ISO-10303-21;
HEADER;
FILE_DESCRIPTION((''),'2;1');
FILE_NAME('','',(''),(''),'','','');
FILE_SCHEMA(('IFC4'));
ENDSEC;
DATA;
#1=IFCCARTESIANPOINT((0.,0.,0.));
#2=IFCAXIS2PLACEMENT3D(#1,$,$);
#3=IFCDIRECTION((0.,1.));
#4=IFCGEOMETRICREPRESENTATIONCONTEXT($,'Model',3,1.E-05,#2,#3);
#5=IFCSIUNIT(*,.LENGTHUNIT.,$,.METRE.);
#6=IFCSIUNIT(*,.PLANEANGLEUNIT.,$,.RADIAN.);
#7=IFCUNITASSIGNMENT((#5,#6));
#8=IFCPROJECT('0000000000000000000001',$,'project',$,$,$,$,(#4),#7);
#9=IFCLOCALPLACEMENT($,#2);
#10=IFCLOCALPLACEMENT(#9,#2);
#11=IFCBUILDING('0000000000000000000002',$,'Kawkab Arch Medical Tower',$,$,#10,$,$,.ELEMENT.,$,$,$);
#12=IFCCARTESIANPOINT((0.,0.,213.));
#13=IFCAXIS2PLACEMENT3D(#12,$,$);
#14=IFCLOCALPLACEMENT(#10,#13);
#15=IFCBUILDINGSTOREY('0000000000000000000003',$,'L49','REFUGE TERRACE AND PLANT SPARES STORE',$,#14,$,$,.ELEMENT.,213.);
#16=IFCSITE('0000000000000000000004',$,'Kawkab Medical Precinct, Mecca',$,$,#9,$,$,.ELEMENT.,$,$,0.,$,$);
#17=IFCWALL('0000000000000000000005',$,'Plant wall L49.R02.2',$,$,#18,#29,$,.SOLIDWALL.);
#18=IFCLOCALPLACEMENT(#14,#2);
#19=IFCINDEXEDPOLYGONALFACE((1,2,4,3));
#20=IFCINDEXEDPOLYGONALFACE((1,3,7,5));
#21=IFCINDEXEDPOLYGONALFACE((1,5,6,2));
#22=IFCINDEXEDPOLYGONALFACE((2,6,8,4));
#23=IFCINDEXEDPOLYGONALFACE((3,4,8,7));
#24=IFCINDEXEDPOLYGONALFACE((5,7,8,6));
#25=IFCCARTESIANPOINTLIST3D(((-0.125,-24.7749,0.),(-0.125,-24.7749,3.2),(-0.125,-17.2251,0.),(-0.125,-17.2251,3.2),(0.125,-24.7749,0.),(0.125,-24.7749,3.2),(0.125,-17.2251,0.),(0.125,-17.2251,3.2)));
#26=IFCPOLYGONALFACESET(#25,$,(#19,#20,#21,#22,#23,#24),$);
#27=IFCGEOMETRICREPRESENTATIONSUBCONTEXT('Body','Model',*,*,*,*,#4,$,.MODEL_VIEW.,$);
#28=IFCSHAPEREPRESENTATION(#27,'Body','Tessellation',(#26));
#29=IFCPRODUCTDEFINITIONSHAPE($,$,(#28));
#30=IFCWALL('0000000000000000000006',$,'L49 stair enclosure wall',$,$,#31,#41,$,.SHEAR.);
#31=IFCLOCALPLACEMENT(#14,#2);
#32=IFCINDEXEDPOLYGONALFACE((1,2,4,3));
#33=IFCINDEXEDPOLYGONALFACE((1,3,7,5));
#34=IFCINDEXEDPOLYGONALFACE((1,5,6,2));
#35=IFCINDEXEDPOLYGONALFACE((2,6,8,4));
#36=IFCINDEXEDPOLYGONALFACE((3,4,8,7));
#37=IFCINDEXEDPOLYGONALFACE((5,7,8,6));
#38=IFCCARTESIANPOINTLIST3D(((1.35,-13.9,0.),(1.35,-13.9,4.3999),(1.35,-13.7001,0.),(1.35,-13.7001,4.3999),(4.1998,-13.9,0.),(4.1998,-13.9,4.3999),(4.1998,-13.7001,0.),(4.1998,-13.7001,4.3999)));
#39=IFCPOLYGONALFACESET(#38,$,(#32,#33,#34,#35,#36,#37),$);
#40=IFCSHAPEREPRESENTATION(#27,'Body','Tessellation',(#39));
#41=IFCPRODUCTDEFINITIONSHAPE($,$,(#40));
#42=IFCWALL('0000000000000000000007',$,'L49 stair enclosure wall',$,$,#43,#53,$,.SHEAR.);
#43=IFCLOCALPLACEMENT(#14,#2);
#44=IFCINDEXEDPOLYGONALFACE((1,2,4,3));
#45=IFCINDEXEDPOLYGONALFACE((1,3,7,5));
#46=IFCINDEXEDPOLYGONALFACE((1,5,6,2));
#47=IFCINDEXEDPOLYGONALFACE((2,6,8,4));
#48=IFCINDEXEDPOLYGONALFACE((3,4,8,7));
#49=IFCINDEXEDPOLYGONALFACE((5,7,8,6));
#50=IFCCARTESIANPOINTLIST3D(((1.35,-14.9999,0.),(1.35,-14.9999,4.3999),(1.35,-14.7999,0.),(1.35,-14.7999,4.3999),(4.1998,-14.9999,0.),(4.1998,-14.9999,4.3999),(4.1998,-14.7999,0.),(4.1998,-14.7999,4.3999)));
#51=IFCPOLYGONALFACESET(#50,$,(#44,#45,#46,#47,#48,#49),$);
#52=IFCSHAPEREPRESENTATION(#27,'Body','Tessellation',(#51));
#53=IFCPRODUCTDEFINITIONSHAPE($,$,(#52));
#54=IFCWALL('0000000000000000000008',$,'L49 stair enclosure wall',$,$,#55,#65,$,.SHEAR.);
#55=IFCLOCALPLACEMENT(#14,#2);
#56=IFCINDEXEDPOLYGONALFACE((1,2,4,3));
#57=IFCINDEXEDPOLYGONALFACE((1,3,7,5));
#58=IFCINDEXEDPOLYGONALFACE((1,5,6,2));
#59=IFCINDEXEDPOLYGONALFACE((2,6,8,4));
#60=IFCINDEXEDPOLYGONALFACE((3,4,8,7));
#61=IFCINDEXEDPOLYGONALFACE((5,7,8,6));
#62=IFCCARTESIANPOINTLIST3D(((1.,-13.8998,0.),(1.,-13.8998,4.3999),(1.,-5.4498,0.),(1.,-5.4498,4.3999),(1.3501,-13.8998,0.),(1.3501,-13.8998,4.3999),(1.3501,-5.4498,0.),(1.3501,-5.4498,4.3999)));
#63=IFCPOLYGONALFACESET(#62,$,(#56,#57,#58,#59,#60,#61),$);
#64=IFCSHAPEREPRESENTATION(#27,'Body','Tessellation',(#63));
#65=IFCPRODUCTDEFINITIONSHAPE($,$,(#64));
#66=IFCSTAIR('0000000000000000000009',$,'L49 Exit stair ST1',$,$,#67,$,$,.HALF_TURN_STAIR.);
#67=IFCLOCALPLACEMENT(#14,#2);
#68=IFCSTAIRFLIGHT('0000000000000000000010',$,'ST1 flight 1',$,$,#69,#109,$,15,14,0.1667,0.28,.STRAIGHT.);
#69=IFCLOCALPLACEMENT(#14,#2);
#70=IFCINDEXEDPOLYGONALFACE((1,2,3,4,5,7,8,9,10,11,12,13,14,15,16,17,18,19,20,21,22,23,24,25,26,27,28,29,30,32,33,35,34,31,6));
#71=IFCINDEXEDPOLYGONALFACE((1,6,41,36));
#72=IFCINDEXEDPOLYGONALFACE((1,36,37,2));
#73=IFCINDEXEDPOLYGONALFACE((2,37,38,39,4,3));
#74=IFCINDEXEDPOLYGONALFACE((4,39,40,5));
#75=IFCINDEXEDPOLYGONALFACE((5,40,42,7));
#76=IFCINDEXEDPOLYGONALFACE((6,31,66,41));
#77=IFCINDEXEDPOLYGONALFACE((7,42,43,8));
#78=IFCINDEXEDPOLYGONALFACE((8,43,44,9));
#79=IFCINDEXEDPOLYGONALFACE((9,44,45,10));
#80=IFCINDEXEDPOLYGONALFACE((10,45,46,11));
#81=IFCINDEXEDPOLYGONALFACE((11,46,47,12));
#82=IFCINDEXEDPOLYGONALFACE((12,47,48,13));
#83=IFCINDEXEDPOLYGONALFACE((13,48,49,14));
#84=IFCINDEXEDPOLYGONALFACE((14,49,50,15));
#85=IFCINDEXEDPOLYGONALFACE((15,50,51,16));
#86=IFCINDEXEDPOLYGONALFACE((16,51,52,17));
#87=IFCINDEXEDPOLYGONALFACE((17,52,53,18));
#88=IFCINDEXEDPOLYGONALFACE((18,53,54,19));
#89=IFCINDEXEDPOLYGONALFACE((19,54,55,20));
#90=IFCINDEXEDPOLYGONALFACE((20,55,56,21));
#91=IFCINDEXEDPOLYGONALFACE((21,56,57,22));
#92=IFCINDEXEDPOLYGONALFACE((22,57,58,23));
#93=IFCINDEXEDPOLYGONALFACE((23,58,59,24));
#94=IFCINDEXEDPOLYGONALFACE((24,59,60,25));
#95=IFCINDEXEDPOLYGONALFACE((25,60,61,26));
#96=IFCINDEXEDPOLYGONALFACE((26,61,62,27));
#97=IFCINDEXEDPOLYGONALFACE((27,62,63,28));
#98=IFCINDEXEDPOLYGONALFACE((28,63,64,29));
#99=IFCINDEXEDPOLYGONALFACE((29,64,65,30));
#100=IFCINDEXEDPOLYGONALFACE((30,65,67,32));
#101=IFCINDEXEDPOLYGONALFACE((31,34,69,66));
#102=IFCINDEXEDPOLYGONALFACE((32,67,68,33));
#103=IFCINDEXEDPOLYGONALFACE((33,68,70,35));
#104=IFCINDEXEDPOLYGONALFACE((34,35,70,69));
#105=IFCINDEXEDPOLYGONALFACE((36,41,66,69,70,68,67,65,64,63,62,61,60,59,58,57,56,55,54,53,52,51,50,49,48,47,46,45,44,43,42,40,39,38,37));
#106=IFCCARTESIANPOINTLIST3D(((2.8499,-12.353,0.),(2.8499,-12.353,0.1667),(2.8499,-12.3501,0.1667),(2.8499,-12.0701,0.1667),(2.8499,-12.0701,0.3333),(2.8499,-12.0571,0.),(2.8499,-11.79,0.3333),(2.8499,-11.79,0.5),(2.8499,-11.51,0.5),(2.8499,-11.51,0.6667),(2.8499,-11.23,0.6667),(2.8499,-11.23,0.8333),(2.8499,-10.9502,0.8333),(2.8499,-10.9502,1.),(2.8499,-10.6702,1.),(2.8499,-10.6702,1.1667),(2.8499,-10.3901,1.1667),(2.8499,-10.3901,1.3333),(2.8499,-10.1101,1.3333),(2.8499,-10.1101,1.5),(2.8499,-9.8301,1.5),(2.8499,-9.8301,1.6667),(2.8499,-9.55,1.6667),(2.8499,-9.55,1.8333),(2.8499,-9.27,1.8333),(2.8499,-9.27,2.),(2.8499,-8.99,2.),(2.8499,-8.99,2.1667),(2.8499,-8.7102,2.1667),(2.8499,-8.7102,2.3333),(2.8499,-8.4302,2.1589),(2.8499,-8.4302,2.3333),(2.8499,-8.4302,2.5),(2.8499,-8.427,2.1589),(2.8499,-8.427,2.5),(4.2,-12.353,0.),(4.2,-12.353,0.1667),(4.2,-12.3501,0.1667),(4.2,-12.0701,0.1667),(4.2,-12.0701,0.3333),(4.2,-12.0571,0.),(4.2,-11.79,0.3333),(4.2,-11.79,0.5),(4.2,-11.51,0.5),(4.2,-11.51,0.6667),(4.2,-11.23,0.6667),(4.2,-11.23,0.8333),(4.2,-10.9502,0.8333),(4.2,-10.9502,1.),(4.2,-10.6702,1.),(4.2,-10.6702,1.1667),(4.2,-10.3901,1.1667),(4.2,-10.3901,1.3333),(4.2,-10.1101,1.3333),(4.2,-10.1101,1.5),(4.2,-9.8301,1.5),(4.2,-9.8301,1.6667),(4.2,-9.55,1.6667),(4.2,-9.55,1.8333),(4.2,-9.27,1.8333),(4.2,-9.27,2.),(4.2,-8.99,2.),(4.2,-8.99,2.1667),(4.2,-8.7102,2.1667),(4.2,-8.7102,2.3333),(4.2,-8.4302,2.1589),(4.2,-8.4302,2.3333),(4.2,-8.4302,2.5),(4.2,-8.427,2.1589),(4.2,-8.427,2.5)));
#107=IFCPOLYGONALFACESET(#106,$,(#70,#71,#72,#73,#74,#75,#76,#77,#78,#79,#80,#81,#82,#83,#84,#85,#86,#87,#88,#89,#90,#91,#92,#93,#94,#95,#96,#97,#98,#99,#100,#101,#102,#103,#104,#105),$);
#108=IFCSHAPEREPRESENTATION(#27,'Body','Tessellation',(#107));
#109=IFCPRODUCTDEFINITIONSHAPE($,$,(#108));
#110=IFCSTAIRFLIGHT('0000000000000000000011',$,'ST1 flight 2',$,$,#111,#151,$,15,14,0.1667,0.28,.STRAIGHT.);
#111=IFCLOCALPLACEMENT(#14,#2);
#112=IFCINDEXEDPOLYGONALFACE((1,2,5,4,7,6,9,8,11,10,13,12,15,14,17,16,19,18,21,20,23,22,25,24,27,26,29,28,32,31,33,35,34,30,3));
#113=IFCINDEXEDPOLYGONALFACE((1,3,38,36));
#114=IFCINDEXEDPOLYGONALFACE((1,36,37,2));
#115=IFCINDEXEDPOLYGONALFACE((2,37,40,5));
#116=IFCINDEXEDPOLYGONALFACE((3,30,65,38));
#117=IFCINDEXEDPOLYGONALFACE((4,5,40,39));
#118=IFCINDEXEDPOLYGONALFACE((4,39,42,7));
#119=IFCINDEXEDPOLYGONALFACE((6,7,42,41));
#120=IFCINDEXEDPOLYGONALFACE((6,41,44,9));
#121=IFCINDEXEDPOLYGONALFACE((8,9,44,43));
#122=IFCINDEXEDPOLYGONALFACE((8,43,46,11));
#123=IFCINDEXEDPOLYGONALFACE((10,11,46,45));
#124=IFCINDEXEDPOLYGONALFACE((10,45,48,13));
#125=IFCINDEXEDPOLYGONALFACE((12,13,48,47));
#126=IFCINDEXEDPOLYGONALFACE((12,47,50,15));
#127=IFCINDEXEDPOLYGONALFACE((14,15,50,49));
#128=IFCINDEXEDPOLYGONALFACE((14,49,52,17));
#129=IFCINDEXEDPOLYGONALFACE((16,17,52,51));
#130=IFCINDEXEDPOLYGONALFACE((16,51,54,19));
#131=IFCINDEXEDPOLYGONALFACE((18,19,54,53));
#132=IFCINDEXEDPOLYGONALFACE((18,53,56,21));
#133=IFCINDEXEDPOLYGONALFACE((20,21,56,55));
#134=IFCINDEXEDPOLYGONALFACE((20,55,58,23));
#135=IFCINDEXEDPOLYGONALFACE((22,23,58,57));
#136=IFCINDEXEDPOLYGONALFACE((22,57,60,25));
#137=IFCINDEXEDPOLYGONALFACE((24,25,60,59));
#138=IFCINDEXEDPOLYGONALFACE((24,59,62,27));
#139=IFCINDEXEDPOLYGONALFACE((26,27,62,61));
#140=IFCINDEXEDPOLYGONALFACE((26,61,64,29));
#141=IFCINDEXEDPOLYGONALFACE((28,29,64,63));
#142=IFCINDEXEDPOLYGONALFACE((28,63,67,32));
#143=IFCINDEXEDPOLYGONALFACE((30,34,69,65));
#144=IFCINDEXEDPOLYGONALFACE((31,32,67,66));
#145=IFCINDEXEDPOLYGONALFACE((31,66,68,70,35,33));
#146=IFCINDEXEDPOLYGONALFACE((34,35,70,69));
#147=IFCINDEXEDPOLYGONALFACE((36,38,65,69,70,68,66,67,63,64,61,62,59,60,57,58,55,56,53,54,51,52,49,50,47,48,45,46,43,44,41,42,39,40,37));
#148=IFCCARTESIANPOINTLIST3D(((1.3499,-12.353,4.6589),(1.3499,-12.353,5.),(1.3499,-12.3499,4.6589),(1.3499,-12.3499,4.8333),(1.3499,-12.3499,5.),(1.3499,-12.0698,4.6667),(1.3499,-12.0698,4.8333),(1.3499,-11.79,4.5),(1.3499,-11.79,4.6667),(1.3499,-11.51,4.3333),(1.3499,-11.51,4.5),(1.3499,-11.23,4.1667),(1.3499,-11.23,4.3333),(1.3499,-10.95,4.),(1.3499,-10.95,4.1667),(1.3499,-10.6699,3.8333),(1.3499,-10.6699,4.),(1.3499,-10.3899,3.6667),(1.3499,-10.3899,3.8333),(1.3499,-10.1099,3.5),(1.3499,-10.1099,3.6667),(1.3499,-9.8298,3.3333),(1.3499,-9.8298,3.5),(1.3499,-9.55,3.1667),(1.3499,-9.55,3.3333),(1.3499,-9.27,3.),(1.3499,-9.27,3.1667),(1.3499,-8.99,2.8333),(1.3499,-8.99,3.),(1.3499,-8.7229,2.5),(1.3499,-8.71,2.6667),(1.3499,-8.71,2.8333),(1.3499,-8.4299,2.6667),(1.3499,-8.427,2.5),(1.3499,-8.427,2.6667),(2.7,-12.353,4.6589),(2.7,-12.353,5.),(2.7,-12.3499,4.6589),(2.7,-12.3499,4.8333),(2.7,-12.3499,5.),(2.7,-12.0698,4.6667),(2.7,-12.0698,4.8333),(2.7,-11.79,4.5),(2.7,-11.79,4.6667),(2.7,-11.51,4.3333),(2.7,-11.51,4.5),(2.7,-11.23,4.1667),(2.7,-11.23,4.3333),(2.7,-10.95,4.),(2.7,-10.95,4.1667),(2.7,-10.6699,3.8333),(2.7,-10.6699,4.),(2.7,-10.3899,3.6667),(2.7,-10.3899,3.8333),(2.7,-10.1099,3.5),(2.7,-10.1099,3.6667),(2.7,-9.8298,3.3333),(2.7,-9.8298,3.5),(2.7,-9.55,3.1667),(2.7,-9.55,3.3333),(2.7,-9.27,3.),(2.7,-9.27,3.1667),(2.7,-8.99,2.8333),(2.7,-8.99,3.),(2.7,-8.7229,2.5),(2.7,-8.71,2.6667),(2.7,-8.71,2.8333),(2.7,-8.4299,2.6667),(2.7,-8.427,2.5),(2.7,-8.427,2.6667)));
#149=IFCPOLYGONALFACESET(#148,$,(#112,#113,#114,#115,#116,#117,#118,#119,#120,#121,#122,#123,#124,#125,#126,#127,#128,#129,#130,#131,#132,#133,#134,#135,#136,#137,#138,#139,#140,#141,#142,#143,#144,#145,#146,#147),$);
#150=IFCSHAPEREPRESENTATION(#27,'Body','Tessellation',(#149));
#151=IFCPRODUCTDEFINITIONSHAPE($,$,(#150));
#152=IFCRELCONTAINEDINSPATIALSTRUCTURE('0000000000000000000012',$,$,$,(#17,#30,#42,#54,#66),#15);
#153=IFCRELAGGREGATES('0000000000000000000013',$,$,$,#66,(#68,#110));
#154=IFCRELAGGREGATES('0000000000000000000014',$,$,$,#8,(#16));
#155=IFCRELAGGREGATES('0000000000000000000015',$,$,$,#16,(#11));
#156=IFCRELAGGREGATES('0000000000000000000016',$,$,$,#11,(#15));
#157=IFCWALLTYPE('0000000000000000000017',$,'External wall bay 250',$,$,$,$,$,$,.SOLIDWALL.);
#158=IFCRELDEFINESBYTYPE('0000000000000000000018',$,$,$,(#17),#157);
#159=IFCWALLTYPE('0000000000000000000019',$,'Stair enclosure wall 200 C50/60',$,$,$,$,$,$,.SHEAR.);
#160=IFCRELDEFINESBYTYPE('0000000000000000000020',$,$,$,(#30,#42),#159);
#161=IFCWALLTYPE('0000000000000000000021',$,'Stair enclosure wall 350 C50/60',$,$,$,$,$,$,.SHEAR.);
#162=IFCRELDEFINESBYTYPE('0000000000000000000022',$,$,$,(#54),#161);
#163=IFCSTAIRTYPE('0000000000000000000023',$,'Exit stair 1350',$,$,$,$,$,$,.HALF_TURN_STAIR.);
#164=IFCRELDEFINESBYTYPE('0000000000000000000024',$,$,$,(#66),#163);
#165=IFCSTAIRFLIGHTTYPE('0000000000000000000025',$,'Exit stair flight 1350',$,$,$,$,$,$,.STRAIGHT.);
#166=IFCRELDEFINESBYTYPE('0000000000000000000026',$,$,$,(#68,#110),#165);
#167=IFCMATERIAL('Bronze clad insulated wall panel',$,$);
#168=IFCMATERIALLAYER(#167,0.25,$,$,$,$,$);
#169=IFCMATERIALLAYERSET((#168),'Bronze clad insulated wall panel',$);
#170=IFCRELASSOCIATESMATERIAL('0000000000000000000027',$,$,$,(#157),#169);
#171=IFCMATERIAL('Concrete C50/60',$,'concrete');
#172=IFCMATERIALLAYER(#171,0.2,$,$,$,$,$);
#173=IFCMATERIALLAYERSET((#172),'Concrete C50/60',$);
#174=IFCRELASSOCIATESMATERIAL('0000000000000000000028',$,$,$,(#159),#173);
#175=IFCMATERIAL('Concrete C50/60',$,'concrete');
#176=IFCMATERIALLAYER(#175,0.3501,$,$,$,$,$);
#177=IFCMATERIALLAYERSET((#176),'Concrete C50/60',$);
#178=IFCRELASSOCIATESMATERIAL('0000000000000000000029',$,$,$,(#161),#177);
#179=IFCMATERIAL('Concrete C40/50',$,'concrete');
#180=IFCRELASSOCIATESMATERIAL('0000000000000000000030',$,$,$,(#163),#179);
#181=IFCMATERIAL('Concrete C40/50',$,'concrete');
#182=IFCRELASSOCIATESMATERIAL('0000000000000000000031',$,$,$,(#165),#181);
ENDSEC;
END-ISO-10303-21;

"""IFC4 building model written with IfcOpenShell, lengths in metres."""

from ifc_helpers import new_model, si_unit, direction, frame, frame_2d, origin, place, context, subcontext, project, spatial, polyline, rectangle, outline, extrude, material, layer, layer_set, type_object, element, aggregate, save


model = new_model("IFC4")

# Units and contexts
model_context = context("Model", 3, precision=1e-05, world=origin(), true_north=direction((0.0, 1.0)))
body_context = subcontext(model_context, "Body", "Model", "MODEL_VIEW")
ifc_project = project(units=[si_unit("LENGTHUNIT", "METRE"), si_unit("PLANEANGLEUNIT", "RADIAN")], contexts=[model_context])

# Site, building, storey
site_placement = place(None, origin())
site = spatial("IfcSite", under=ifc_project, at=site_placement, Name="Kawkab Medical Precinct, Mecca", CompositionType="ELEMENT", RefElevation=0.0)
building_placement = place(site_placement, origin())
building = spatial("IfcBuilding", under=site, at=building_placement, Name="Kawkab Arch Medical Tower", CompositionType="ELEMENT")
storey_placement = place(building_placement, frame((0.0, 0.0, 213.0)))
storey = spatial("IfcBuildingStorey", under=building, at=storey_placement, Name="L49", Description="REFUGE TERRACE AND PLANT SPARES STORE", CompositionType="ELEMENT", Elevation=213.0)

# Walls
ifc_material_1 = material(Name="Bronze clad insulated wall panel")
ifc_layer_1 = layer(ifc_material_1, 0.25)
ifc_layer_set_1 = layer_set([ifc_layer_1], Name="Bronze clad insulated wall panel")
wall_type_1 = type_object("IfcWallType", Name="External wall bay 250", PredefinedType="SOLIDWALL", material=ifc_layer_set_1)
wall_1_placement = place(storey_placement, frame((0.0, -17.2251, 0.0), z_axis=(0.0, 0.0, 1.0), x_axis=(0.0, -1.0, 0.0)))
element("IfcWall", 1, at=wall_1_placement, inside=storey, type_object=wall_type_1, Name="Plant wall L49.R02.2", PredefinedType="SOLIDWALL", context=body_context, shape_type="SweptSolid", body=[
    extrude(rectangle(XDim=7.5498, YDim=0.25, at=frame_2d((3.7749, 0.0))), origin(), (0.0, 0.0, 1.0), 3.2),
])
ifc_material_2 = material(Name="Concrete C50/60", Category="concrete")
ifc_layer_2 = layer(ifc_material_2, 0.2)
ifc_layer_set_2 = layer_set([ifc_layer_2], Name="Concrete C50/60")
wall_type_2 = type_object("IfcWallType", Name="Stair enclosure wall 200 C50/60", PredefinedType="SHEAR", material=ifc_layer_set_2)
for number, where, z_axis, x_axis, name in (
    (2, (1.3501, -13.8, 0.0), (0.0, 0.0, 1.0), (1.0, 0.0, 0.0), "L49 stair enclosure wall"),
    (3, (1.3501, -14.8999, 0.0), (0.0, 0.0, 1.0), (1.0, 0.0, 0.0), "L49 stair enclosure wall"),
):
    element("IfcWall", number, at=place(storey_placement, frame(where, z_axis=z_axis, x_axis=x_axis)), inside=storey, type_object=wall_type_2, Name=name, PredefinedType="SHEAR", context=body_context, shape_type="SweptSolid", body=[
        extrude(rectangle(XDim=2.8499, YDim=0.2, at=frame_2d((1.4248, 0.0))), origin(), (0.0, 0.0, 1.0), 4.3999),
    ])
ifc_material_3 = material(Name="Concrete C50/60", Category="concrete")
ifc_layer_3 = layer(ifc_material_3, 0.3501)
ifc_layer_set_3 = layer_set([ifc_layer_3], Name="Concrete C50/60")
wall_type_3 = type_object("IfcWallType", Name="Stair enclosure wall 350 C50/60", PredefinedType="SHEAR", material=ifc_layer_set_3)
wall_2_placement = place(storey_placement, frame((1.175, -13.8999, 0.0), z_axis=(0.0, 0.0, 1.0), x_axis=(0.0, 1.0, 0.0)))
element("IfcWall", 4, at=wall_2_placement, inside=storey, type_object=wall_type_3, Name="L49 stair enclosure wall", PredefinedType="SHEAR", context=body_context, shape_type="SweptSolid", body=[
    extrude(rectangle(XDim=8.45, YDim=0.3501, at=frame_2d((4.2251, 0.0))), origin(), (0.0, 0.0, 1.0), 4.3999),
])

# Stair, stair flights
ifc_material_4 = material(Name="Concrete C40/50", Category="concrete")
stair_type = type_object("IfcStairType", Name="Exit stair 1350", PredefinedType="HALF_TURN_STAIR", material=ifc_material_4)
placement = place(storey_placement, origin())
stair_1 = element("IfcStair", 5, at=placement, inside=storey, type_object=stair_type, Name="L49 Exit stair ST1", PredefinedType="HALF_TURN_STAIR")
ifc_material_5 = material(Name="Concrete C40/50", Category="concrete")
stair_flight_type = type_object("IfcStairFlightType", Name="Exit stair flight 1350", PredefinedType="STRAIGHT", material=ifc_material_5)
stair_flight_1_placement = place(storey_placement, frame((3.5249, -12.3501, 0.0), z_axis=(0.0, 0.0, 1.0), x_axis=(0.0, 1.0, 0.0)))
stair_flight_1 = element("IfcStairFlight", 6, at=stair_flight_1_placement, type_object=stair_flight_type, Name="ST1 flight 1", NumberOfRisers=15, NumberOfTreads=14, PredefinedType="STRAIGHT", RiserHeight=0.1667, TreadLength=0.28, context=body_context, shape_type="SweptSolid", body=[
    extrude(outline(polyline([(-0.0029, 0.0), (-0.0029, 0.1667), (0.0, 0.1667), (0.28, 0.1667), (0.28, 0.3333), (0.5601, 0.3333), (0.5601, 0.5), (0.8401, 0.5), (0.8401, 0.6667), (1.1201, 0.6667), (1.1201, 0.8333), (1.3999, 0.8333), (1.3999, 1.0), (1.6799, 1.0), (1.6799, 1.1667), (1.96, 1.1667), (1.96, 1.3333), (2.24, 1.3333), (2.24, 1.5), (2.52, 1.5), (2.52, 1.6667), (2.8, 1.6667), (2.8, 1.8333), (3.0801, 1.8333), (3.0801, 2.0), (3.3601, 2.0), (3.3601, 2.1667), (3.6399, 2.1667), (3.6399, 2.3333), (3.9199, 2.3333), (3.9199, 2.5), (3.9231, 2.5), (3.9231, 2.1589), (3.9199, 2.1589), (0.293, 0.0), (-0.0029, 0.0)])), frame((0.0, 0.675, 0.0), z_axis=(0.0, -1.0, 0.0), x_axis=(1.0, 0.0, 0.0)), (0.0, 0.0, 1.0), 1.3501),
])
stair_flight_2_placement = place(storey_placement, frame((2.0249, -8.4299, 2.5), z_axis=(0.0, 0.0, 1.0), x_axis=(0.0, -1.0, 0.0)))
stair_flight_2 = element("IfcStairFlight", 7, at=stair_flight_2_placement, type_object=stair_flight_type, Name="ST1 flight 2", NumberOfRisers=15, NumberOfTreads=14, PredefinedType="STRAIGHT", RiserHeight=0.1667, TreadLength=0.28, context=body_context, shape_type="SweptSolid", body=[
    extrude(outline(polyline([(-0.0029, 0.0), (-0.0029, 0.1667), (0.0, 0.1667), (0.28, 0.1667), (0.28, 0.3333), (0.5601, 0.3333), (0.5601, 0.5), (0.8401, 0.5), (0.8401, 0.6667), (1.1201, 0.6667), (1.1201, 0.8333), (1.3999, 0.8333), (1.3999, 1.0), (1.6799, 1.0), (1.6799, 1.1667), (1.96, 1.1667), (1.96, 1.3333), (2.24, 1.3333), (2.24, 1.5), (2.52, 1.5), (2.52, 1.6667), (2.8, 1.6667), (2.8, 1.8333), (3.0801, 1.8333), (3.0801, 2.0), (3.3601, 2.0), (3.3601, 2.1667), (3.6399, 2.1667), (3.6399, 2.3333), (3.9199, 2.3333), (3.9199, 2.5), (3.9231, 2.5), (3.9231, 2.1589), (3.9199, 2.1589), (0.293, 0.0), (-0.0029, 0.0)])), frame((0.0, 0.675, 0.0), z_axis=(0.0, -1.0, 0.0), x_axis=(1.0, 0.0, 0.0)), (0.0, 0.0, 1.0), 1.3501),
])
aggregate(stair_1, [stair_flight_1, stair_flight_2])

save(model, "model.ifc")
